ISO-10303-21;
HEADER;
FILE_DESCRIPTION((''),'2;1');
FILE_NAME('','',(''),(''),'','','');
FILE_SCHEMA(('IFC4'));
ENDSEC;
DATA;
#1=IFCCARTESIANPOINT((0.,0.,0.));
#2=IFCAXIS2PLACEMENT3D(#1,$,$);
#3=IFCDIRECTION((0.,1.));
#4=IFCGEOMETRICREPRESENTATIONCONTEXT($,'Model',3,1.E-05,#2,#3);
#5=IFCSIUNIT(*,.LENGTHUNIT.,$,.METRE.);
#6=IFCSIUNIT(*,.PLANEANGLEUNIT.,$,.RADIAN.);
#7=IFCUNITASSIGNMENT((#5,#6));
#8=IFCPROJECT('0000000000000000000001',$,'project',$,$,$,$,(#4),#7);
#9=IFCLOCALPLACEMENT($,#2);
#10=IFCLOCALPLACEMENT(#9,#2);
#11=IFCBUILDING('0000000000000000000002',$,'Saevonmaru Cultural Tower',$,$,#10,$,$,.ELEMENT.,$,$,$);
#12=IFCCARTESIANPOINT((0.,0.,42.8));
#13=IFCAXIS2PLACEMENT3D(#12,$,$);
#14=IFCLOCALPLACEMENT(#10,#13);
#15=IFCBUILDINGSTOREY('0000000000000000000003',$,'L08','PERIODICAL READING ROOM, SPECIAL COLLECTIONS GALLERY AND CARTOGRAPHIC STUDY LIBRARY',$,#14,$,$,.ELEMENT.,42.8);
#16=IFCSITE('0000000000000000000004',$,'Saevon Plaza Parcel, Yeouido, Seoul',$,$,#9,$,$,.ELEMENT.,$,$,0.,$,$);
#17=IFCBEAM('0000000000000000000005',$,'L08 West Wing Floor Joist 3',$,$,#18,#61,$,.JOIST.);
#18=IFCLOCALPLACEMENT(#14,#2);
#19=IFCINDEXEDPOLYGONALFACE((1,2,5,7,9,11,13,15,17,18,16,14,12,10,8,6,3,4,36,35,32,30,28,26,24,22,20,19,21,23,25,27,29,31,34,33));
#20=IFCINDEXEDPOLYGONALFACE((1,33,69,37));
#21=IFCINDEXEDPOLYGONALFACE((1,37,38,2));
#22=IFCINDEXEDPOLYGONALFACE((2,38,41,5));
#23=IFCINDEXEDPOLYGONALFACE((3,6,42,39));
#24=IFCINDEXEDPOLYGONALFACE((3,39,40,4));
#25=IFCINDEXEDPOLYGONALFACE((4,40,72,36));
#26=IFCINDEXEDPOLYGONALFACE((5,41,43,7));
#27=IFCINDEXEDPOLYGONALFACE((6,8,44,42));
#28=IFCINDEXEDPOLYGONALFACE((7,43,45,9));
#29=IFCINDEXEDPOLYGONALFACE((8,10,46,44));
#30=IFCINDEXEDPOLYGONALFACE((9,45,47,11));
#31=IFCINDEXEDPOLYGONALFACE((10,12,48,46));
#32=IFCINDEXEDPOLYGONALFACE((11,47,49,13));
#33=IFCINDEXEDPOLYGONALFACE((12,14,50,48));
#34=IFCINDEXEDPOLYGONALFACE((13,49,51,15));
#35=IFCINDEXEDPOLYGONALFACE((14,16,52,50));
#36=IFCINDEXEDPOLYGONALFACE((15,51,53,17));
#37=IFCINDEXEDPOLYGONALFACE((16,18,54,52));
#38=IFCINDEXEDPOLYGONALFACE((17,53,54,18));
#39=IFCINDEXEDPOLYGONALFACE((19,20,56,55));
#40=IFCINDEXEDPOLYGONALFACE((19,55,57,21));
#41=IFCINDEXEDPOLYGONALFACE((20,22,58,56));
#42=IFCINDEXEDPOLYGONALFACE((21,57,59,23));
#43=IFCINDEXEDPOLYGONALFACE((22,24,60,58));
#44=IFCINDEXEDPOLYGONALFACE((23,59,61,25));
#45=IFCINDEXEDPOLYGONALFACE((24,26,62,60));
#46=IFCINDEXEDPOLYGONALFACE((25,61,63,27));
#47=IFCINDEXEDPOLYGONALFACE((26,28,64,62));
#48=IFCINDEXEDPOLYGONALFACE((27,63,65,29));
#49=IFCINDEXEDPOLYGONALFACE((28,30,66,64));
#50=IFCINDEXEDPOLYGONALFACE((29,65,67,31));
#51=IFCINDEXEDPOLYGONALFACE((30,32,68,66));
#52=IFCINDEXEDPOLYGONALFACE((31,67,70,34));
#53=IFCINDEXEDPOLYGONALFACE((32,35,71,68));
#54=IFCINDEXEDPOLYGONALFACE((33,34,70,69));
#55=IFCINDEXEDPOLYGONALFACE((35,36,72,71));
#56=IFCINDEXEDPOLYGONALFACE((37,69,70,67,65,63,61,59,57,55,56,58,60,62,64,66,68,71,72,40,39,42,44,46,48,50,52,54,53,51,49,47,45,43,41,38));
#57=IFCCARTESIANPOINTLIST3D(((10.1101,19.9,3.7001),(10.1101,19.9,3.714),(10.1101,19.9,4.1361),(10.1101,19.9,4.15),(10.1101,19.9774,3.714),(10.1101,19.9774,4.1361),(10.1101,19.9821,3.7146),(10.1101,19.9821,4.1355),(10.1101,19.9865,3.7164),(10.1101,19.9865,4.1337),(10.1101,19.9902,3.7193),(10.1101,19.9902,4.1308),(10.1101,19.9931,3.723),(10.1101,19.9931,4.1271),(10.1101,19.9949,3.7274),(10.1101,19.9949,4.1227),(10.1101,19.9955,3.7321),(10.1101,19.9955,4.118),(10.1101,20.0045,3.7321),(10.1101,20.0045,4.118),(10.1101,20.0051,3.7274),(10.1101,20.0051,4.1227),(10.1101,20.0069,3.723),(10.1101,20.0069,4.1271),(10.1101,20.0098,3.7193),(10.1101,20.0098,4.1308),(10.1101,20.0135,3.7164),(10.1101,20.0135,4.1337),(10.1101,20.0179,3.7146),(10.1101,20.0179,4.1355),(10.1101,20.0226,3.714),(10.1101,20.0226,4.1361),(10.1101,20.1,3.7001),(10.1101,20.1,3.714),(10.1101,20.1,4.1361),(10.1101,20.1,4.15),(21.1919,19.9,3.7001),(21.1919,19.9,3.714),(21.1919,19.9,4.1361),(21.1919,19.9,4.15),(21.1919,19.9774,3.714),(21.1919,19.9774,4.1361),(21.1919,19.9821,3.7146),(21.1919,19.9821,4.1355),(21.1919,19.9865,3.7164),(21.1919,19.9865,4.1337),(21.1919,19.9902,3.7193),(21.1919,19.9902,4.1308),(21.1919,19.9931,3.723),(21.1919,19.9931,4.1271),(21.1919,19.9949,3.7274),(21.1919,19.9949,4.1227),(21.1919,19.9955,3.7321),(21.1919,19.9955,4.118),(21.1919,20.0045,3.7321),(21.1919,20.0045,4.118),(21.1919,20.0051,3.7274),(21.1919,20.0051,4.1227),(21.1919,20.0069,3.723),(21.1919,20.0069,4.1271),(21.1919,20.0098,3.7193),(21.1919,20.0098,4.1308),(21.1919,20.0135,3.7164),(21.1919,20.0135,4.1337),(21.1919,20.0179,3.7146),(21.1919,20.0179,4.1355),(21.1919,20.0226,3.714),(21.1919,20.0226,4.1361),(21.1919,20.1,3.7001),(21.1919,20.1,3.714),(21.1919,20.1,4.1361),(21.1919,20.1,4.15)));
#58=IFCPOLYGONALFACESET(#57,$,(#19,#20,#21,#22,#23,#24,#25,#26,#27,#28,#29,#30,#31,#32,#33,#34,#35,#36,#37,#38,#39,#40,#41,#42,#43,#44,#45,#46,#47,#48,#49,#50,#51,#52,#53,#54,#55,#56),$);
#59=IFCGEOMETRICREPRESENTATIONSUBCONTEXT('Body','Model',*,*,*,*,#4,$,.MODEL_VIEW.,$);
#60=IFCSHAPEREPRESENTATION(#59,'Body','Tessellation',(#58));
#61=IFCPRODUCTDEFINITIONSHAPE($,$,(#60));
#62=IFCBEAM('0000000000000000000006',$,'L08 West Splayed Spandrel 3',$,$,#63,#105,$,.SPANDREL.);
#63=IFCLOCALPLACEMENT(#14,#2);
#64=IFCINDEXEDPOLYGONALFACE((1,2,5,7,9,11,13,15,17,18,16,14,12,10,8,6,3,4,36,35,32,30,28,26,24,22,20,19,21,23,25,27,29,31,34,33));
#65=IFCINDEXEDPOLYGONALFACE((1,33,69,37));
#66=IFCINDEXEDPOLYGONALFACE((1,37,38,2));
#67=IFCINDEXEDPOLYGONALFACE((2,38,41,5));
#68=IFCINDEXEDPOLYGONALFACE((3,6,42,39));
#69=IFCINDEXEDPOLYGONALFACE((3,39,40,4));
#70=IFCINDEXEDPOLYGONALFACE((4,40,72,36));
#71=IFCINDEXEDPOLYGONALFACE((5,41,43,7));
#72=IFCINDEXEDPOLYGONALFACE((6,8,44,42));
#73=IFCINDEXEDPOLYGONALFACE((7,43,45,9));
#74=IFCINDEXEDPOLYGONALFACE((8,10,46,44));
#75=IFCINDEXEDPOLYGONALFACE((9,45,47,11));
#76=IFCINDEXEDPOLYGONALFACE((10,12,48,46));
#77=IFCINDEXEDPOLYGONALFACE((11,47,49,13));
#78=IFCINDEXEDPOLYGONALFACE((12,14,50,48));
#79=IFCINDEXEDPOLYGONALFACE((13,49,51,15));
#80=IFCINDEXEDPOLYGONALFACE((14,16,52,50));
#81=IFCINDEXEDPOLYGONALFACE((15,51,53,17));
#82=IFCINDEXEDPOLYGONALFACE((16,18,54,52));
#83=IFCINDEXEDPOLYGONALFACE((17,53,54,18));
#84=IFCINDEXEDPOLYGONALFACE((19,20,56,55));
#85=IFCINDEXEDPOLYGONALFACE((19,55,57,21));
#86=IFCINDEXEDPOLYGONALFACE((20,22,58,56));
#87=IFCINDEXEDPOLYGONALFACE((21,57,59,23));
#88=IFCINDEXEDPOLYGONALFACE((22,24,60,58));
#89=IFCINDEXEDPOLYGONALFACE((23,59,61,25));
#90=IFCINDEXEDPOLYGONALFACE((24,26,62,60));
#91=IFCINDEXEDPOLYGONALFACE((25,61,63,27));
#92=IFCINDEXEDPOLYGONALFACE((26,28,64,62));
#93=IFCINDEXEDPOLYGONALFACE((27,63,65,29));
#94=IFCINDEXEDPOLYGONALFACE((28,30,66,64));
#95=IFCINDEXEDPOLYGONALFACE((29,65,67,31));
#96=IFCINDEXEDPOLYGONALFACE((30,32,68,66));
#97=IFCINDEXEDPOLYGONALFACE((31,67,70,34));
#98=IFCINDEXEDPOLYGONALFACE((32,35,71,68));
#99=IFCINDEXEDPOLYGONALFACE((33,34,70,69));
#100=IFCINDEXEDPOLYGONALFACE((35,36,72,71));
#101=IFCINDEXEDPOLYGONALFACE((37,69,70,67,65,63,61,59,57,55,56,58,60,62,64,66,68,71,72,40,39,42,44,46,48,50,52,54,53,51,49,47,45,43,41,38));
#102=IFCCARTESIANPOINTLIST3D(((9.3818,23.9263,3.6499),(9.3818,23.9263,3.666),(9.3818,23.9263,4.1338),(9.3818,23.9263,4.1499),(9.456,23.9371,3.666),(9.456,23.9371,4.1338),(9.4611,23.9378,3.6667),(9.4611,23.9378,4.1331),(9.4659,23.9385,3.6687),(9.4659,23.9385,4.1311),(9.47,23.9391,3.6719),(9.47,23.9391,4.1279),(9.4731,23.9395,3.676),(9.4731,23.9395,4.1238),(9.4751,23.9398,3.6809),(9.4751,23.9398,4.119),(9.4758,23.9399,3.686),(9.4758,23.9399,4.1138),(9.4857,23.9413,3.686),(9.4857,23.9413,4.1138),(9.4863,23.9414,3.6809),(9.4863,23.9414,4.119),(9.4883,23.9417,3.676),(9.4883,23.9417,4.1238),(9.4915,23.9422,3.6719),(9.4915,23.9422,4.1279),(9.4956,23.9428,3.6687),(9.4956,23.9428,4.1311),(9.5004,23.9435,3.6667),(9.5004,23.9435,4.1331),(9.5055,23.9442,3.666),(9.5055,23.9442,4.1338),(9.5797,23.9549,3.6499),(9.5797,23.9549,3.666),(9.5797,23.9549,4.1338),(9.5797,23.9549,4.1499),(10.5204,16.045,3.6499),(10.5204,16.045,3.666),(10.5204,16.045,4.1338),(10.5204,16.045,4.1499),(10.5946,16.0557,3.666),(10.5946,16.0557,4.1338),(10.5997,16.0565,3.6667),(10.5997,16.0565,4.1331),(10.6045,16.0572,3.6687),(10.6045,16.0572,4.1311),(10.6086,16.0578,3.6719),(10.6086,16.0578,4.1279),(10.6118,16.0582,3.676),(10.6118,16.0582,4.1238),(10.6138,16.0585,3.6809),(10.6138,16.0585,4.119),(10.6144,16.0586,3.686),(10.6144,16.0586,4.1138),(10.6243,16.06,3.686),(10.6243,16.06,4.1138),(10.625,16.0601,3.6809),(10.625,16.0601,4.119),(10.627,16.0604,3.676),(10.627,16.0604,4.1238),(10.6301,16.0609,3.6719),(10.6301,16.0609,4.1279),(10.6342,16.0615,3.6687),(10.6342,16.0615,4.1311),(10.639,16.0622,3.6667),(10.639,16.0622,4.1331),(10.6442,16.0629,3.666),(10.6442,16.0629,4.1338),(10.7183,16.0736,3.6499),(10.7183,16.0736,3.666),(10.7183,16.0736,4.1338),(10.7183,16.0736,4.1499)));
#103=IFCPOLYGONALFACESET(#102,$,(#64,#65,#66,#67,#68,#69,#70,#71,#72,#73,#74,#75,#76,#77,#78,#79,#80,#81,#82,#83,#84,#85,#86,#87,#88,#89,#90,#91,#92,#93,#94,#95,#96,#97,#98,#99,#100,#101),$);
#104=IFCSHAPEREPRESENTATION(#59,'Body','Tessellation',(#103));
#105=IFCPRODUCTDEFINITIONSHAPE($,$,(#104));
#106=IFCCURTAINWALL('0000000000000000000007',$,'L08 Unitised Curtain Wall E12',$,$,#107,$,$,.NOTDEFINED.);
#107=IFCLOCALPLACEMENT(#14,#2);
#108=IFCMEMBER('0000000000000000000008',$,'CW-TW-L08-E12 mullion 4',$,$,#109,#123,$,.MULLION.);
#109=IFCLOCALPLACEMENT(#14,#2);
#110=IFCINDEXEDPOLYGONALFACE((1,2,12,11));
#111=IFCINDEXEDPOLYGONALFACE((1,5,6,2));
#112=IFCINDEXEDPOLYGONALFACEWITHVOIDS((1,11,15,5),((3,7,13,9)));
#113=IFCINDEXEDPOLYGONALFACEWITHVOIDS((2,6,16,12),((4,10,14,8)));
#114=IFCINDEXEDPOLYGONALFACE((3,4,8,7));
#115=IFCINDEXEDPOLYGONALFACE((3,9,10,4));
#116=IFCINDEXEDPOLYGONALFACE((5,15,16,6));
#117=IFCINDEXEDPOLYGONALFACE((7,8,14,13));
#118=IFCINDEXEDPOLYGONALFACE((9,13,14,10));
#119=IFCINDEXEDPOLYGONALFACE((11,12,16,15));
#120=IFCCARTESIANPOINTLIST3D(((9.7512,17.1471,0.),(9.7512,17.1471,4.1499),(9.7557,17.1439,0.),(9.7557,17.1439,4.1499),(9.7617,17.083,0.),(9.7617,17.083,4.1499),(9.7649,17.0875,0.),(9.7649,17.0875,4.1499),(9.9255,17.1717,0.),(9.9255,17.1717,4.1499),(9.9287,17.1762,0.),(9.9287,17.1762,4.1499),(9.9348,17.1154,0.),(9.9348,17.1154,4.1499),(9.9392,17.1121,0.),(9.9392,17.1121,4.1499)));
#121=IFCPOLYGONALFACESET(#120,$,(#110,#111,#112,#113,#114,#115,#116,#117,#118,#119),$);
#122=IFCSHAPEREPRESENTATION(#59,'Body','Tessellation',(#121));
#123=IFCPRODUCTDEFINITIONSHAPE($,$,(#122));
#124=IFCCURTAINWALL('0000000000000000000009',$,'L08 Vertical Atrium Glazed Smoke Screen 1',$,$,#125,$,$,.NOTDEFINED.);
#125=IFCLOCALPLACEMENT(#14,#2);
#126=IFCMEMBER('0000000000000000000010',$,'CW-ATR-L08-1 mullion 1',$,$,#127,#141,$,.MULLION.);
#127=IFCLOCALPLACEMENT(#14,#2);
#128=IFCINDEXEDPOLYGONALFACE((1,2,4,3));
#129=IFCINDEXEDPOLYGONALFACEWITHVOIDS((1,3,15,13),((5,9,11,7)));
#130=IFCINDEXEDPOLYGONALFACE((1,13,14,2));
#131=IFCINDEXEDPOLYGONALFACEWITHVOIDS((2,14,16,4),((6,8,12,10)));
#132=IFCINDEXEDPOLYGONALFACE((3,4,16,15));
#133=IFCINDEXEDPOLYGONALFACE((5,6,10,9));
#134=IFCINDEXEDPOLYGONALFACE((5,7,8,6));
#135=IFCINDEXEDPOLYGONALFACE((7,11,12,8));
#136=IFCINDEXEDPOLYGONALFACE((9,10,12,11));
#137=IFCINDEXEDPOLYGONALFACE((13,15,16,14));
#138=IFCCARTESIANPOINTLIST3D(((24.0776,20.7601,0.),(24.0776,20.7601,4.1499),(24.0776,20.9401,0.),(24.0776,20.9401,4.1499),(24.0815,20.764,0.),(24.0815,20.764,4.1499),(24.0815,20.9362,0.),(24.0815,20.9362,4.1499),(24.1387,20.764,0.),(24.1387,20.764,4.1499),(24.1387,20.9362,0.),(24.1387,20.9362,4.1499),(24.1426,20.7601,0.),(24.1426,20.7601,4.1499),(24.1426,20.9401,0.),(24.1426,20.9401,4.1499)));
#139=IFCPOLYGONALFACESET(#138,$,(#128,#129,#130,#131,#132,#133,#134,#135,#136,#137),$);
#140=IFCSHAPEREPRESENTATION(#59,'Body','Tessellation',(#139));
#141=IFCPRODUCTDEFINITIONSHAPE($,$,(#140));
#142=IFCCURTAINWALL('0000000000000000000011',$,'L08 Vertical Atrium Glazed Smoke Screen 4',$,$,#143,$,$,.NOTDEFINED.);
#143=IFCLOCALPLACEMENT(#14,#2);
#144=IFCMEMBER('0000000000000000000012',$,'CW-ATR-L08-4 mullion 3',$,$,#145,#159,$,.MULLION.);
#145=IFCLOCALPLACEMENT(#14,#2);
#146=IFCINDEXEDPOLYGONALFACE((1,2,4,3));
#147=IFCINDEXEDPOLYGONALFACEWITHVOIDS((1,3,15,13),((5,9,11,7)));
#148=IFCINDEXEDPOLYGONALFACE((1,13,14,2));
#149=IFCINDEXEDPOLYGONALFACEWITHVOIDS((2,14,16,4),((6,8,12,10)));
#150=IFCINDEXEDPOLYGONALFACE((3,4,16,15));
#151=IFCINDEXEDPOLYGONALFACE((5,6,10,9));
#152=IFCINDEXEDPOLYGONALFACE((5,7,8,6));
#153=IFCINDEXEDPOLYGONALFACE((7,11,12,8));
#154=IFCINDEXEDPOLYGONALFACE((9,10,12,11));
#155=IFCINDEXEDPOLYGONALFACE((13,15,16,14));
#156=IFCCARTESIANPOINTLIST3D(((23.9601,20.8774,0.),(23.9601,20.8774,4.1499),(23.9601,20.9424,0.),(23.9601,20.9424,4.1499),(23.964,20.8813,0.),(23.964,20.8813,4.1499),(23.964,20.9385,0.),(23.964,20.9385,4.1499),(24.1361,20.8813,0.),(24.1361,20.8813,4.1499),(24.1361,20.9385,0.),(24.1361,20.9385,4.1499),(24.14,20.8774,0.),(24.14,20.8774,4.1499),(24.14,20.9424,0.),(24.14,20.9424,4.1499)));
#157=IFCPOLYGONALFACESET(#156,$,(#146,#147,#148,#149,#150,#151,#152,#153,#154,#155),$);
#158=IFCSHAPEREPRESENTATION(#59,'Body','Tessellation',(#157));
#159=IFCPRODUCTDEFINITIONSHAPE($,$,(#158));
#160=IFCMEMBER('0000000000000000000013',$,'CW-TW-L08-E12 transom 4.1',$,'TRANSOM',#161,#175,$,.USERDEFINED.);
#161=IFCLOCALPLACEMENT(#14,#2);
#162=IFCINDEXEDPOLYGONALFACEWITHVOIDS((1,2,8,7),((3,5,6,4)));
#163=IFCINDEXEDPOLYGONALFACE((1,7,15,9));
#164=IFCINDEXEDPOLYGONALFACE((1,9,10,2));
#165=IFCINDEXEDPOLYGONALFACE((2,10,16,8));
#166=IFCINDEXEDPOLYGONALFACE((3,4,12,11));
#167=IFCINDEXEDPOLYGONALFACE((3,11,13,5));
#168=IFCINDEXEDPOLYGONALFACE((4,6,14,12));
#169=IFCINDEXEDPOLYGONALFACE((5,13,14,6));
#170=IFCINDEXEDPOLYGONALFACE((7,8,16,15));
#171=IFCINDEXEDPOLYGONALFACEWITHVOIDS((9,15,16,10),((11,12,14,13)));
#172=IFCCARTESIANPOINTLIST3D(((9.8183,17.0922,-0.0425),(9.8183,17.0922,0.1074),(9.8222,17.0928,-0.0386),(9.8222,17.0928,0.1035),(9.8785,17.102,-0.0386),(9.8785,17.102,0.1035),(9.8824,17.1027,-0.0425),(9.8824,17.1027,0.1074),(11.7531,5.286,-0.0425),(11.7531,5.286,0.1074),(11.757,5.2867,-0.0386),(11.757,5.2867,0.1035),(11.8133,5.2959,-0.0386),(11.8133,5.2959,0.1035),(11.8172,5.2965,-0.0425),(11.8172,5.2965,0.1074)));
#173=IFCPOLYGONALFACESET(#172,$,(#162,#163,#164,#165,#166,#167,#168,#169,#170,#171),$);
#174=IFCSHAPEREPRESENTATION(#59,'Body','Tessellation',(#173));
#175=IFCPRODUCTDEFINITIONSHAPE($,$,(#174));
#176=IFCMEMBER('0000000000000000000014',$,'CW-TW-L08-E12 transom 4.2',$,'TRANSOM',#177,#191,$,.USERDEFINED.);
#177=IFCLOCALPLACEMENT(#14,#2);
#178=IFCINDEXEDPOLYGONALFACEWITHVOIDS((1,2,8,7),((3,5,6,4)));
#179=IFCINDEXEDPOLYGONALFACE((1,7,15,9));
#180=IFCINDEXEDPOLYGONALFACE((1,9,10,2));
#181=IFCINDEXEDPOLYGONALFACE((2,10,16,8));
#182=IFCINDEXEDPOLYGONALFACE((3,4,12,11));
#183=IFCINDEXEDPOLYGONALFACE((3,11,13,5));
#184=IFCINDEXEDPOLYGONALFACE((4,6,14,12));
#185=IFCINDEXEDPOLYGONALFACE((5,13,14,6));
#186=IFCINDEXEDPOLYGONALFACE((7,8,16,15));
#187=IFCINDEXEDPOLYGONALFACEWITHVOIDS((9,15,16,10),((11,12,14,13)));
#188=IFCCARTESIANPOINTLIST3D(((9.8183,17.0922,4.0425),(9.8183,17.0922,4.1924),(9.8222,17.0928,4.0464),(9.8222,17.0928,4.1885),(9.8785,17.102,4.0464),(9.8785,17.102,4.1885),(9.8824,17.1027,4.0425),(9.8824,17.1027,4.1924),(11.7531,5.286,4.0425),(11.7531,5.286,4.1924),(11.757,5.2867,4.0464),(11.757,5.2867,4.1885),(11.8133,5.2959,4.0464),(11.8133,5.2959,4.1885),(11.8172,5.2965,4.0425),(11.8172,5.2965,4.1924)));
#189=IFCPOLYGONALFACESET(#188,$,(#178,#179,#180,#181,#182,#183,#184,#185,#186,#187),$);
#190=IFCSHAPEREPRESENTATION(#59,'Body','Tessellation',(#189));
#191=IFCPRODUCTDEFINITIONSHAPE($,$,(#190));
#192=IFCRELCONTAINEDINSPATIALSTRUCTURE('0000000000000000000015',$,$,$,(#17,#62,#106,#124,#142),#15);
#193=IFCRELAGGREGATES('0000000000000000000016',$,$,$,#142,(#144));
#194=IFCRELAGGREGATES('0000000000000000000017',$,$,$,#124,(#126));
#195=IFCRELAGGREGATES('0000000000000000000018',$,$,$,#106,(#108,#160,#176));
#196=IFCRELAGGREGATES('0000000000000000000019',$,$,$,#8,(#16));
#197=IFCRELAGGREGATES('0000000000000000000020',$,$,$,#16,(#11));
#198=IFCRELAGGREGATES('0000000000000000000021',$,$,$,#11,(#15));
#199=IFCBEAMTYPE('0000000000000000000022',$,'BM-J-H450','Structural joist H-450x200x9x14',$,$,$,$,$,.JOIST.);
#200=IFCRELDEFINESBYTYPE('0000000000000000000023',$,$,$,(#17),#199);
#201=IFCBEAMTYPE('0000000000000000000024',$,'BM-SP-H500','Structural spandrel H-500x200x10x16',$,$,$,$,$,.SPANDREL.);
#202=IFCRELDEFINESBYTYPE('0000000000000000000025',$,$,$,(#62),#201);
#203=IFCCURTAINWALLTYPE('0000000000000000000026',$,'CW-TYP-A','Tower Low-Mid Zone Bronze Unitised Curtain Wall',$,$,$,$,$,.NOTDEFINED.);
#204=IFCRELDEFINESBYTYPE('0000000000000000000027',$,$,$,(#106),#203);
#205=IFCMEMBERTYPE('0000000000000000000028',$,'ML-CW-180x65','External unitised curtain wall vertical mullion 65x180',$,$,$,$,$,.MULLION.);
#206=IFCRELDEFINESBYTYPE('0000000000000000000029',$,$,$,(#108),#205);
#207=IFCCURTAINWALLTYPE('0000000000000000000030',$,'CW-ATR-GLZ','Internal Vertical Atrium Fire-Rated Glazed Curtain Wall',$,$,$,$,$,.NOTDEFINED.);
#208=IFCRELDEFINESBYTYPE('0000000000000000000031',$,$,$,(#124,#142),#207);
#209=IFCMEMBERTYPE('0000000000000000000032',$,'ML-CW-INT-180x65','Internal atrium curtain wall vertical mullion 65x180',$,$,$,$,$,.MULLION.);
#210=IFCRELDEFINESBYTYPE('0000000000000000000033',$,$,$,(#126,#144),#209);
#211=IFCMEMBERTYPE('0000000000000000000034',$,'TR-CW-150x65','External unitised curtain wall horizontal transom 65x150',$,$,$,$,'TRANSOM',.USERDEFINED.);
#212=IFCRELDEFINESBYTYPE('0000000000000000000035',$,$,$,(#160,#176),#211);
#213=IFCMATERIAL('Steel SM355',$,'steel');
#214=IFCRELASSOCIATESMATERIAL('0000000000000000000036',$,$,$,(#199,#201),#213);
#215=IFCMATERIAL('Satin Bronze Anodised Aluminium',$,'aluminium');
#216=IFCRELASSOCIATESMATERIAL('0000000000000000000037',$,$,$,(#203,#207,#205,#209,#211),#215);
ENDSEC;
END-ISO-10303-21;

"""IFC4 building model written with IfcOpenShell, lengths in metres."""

from ifc_helpers import new_model, si_unit, direction, frame, origin, origin_2d, place, context, subcontext, project, spatial, hollow_rectangle, i_section, extrude, material, material_profile, profile_set, type_object, element, aggregate, save


model = new_model("IFC4")

# Units and contexts
model_context = context("Model", 3, precision=1e-05, world=origin(), true_north=direction((0.0, 1.0)))
body_context = subcontext(model_context, "Body", "Model", "MODEL_VIEW")
ifc_project = project(units=[si_unit("LENGTHUNIT", "METRE"), si_unit("PLANEANGLEUNIT", "RADIAN")], contexts=[model_context])

# Site, building, storey
site_placement = place(None, origin())
site = spatial("IfcSite", under=ifc_project, at=site_placement, Name="Saevon Plaza Parcel, Yeouido, Seoul", CompositionType="ELEMENT", RefElevation=0.0)
building_placement = place(site_placement, origin())
building = spatial("IfcBuilding", under=site, at=building_placement, Name="Saevonmaru Cultural Tower", CompositionType="ELEMENT")
storey_placement = place(building_placement, frame((0.0, 0.0, 42.8)))
storey = spatial("IfcBuildingStorey", under=building, at=storey_placement, Name="L08", Description="PERIODICAL READING ROOM, SPECIAL COLLECTIONS GALLERY AND CARTOGRAPHIC STUDY LIBRARY", CompositionType="ELEMENT", Elevation=42.8)

# Beams
ifc_material_1 = material(Name="Steel SM355", Category="steel")
ifc_material_profile_1 = material_profile(ifc_material_1, i_section(OverallWidth=0.2, OverallDepth=0.45, WebThickness=0.009, FlangeThickness=0.0139, FilletRadius=0.0181, at=origin_2d()), Name="H-450x200x9x14")
ifc_profile_set_1 = profile_set([ifc_material_profile_1], Name="Steel SM355")
beam_type_1 = type_object("IfcBeamType", Name="BM-J-H450", Description="Structural joist H-450x200x9x14", PredefinedType="JOIST", material=ifc_profile_set_1)
beam_1_placement = place(storey_placement, frame((10.1101, 20.0, 3.925), z_axis=(1.0, 0.0, 0.0), x_axis=(0.0, 1.0, 0.0)))
element("IfcBeam", 1, at=beam_1_placement, inside=storey, type_object=beam_type_1, Name="L08 West Wing Floor Joist 3", PredefinedType="JOIST", context=body_context, shape_type="SweptSolid", body=[
    extrude(i_section(OverallWidth=0.2, OverallDepth=0.45, WebThickness=0.009, FlangeThickness=0.0139, FilletRadius=0.0181, at=origin_2d()), origin(), (0.0, 0.0, 1.0), 11.0818),
])
ifc_material_profile_2 = material_profile(ifc_material_1, i_section(OverallWidth=0.2, OverallDepth=0.5, WebThickness=0.01, FlangeThickness=0.0161, FilletRadius=0.02, at=origin_2d()), Name="H-500x200x10x16")
ifc_profile_set_2 = profile_set([ifc_material_profile_2], Name="Steel SM355")
beam_type_2 = type_object("IfcBeamType", Name="BM-SP-H500", Description="Structural spandrel H-500x200x10x16", PredefinedType="SPANDREL", material=ifc_profile_set_2)
beam_2_placement = place(storey_placement, frame((10.6194, 16.0593, 3.8999), z_axis=(-0.142992, 0.989724, 0.0), x_axis=(-0.989724, -0.142992, 0.0)))
element("IfcBeam", 2, at=beam_2_placement, inside=storey, type_object=beam_type_2, Name="L08 West Splayed Spandrel 3", PredefinedType="SPANDREL", context=body_context, shape_type="SweptSolid", body=[
    extrude(i_section(OverallWidth=0.2, OverallDepth=0.5, WebThickness=0.01, FlangeThickness=0.0161, FilletRadius=0.02, at=origin_2d()), origin(), (0.0, 0.0, 1.0), 7.9631),
])

# Curtain walls, members
ifc_material_2 = material(Name="Satin Bronze Anodised Aluminium", Category="aluminium")
curtain_wall_type_1 = type_object("IfcCurtainWallType", Name="CW-TYP-A", Description="Tower Low-Mid Zone Bronze Unitised Curtain Wall", PredefinedType="NOTDEFINED", material=ifc_material_2)
curtain_wall_1_placement = place(storey_placement, origin())
curtain_wall_1 = element("IfcCurtainWall", 3, at=curtain_wall_1_placement, inside=storey, type_object=curtain_wall_type_1, Name="L08 Unitised Curtain Wall E12", PredefinedType="NOTDEFINED")
ifc_material_profile_3 = material_profile(ifc_material_2, hollow_rectangle(XDim=0.0649, YDim=0.1799, WallThickness=0.0039, at=origin_2d()), Name="ALU-MULL-180x65x4")
ifc_profile_set_3 = profile_set([ifc_material_profile_3], Name="Satin Bronze Anodised Aluminium")
member_type_1 = type_object("IfcMemberType", Name="ML-CW-180x65", Description="External unitised curtain wall vertical mullion 65x180", PredefinedType="MULLION", material=ifc_profile_set_3)
member_1_placement = place(storey_placement, frame((9.8452, 17.1296, 0.0), z_axis=(0.0, 0.0, 1.0), x_axis=(0.161709, -0.986839, 0.0)))
member_1 = element("IfcMember", 4, at=member_1_placement, type_object=member_type_1, Name="CW-TW-L08-E12 mullion 4", PredefinedType="MULLION", context=body_context, shape_type="SweptSolid", body=[
    extrude(hollow_rectangle(XDim=0.0649, YDim=0.1799, WallThickness=0.0039, at=origin_2d()), origin(), (0.0, 0.0, 1.0), 4.1499),
])
curtain_wall_type_2 = type_object("IfcCurtainWallType", Name="CW-ATR-GLZ", Description="Internal Vertical Atrium Fire-Rated Glazed Curtain Wall", PredefinedType="NOTDEFINED", material=ifc_material_2)
curtain_wall_2_placement = place(storey_placement, origin())
curtain_wall_2 = element("IfcCurtainWall", 5, at=curtain_wall_2_placement, inside=storey, type_object=curtain_wall_type_2, Name="L08 Vertical Atrium Glazed Smoke Screen 1", PredefinedType="NOTDEFINED")
ifc_material_profile_4 = material_profile(ifc_material_2, hollow_rectangle(XDim=0.0649, YDim=0.1799, WallThickness=0.0039, at=origin_2d()), Name="ALU-MULL-180x65x4")
ifc_profile_set_4 = profile_set([ifc_material_profile_4], Name="Satin Bronze Anodised Aluminium")
member_type_2 = type_object("IfcMemberType", Name="ML-CW-INT-180x65", Description="Internal atrium curtain wall vertical mullion 65x180", PredefinedType="MULLION", material=ifc_profile_set_4)
member_2_placement = place(storey_placement, frame((24.1101, 20.8501, 0.0), z_axis=(0.0, 0.0, 1.0), x_axis=(1.0, 0.0, 0.0)))
member_2 = element("IfcMember", 6, at=member_2_placement, type_object=member_type_2, Name="CW-ATR-L08-1 mullion 1", PredefinedType="MULLION", context=body_context, shape_type="SweptSolid", body=[
    extrude(hollow_rectangle(XDim=0.0649, YDim=0.1799, WallThickness=0.0039, at=origin_2d()), origin(), (0.0, 0.0, 1.0), 4.1499),
])
curtain_wall_3_placement = place(storey_placement, origin())
curtain_wall_3 = element("IfcCurtainWall", 7, at=curtain_wall_3_placement, inside=storey, type_object=curtain_wall_type_2, Name="L08 Vertical Atrium Glazed Smoke Screen 4", PredefinedType="NOTDEFINED")
member_3_placement = place(storey_placement, frame((24.05, 20.9099, 0.0), z_axis=(0.0, 0.0, 1.0), x_axis=(0.0, -1.0, 0.0)))
member_3 = element("IfcMember", 8, at=member_3_placement, type_object=member_type_2, Name="CW-ATR-L08-4 mullion 3", PredefinedType="MULLION", context=body_context, shape_type="SweptSolid", body=[
    extrude(hollow_rectangle(XDim=0.0649, YDim=0.1799, WallThickness=0.0039, at=origin_2d()), origin(), (0.0, 0.0, 1.0), 4.1499),
])
aggregate(curtain_wall_3, [member_3])

# Members
ifc_material_profile_5 = material_profile(ifc_material_2, hollow_rectangle(XDim=0.0649, YDim=0.1499, WallThickness=0.0039, at=origin_2d()), Name="ALU-TRAN-150x65x4")
ifc_profile_set_5 = profile_set([ifc_material_profile_5], Name="Satin Bronze Anodised Aluminium")
member_type_3 = type_object("IfcMemberType", Name="TR-CW-150x65", Description="External unitised curtain wall horizontal transom 65x150", ElementType="TRANSOM", PredefinedType="USERDEFINED", material=ifc_profile_set_5)
member_4_placement = place(storey_placement, frame((9.8503, 17.0974, 0.0325), z_axis=(0.161725, -0.986836, 0.0), x_axis=(0.986836, 0.161725, 0.0)))
member_4 = element("IfcMember", 9, at=member_4_placement, type_object=member_type_3, Name="CW-TW-L08-E12 transom 4.1", ObjectType="TRANSOM", PredefinedType="USERDEFINED", context=body_context, shape_type="SweptSolid", body=[
    extrude(hollow_rectangle(XDim=0.0649, YDim=0.1499, WallThickness=0.0039, at=origin_2d()), origin(), (0.0, 0.0, 1.0), 11.9636),
])
member_5_placement = place(storey_placement, frame((9.8503, 17.0974, 4.1174), z_axis=(0.161725, -0.986836, 0.0), x_axis=(0.986836, 0.161725, 0.0)))
member_5 = element("IfcMember", 10, at=member_5_placement, type_object=member_type_3, Name="CW-TW-L08-E12 transom 4.2", ObjectType="TRANSOM", PredefinedType="USERDEFINED", context=body_context, shape_type="SweptSolid", body=[
    extrude(hollow_rectangle(XDim=0.0649, YDim=0.1499, WallThickness=0.0039, at=origin_2d()), origin(), (0.0, 0.0, 1.0), 11.9636),
])
aggregate(curtain_wall_2, [member_2])

aggregate(curtain_wall_1, [member_1, member_4, member_5])

save(model, "model.ifc")
